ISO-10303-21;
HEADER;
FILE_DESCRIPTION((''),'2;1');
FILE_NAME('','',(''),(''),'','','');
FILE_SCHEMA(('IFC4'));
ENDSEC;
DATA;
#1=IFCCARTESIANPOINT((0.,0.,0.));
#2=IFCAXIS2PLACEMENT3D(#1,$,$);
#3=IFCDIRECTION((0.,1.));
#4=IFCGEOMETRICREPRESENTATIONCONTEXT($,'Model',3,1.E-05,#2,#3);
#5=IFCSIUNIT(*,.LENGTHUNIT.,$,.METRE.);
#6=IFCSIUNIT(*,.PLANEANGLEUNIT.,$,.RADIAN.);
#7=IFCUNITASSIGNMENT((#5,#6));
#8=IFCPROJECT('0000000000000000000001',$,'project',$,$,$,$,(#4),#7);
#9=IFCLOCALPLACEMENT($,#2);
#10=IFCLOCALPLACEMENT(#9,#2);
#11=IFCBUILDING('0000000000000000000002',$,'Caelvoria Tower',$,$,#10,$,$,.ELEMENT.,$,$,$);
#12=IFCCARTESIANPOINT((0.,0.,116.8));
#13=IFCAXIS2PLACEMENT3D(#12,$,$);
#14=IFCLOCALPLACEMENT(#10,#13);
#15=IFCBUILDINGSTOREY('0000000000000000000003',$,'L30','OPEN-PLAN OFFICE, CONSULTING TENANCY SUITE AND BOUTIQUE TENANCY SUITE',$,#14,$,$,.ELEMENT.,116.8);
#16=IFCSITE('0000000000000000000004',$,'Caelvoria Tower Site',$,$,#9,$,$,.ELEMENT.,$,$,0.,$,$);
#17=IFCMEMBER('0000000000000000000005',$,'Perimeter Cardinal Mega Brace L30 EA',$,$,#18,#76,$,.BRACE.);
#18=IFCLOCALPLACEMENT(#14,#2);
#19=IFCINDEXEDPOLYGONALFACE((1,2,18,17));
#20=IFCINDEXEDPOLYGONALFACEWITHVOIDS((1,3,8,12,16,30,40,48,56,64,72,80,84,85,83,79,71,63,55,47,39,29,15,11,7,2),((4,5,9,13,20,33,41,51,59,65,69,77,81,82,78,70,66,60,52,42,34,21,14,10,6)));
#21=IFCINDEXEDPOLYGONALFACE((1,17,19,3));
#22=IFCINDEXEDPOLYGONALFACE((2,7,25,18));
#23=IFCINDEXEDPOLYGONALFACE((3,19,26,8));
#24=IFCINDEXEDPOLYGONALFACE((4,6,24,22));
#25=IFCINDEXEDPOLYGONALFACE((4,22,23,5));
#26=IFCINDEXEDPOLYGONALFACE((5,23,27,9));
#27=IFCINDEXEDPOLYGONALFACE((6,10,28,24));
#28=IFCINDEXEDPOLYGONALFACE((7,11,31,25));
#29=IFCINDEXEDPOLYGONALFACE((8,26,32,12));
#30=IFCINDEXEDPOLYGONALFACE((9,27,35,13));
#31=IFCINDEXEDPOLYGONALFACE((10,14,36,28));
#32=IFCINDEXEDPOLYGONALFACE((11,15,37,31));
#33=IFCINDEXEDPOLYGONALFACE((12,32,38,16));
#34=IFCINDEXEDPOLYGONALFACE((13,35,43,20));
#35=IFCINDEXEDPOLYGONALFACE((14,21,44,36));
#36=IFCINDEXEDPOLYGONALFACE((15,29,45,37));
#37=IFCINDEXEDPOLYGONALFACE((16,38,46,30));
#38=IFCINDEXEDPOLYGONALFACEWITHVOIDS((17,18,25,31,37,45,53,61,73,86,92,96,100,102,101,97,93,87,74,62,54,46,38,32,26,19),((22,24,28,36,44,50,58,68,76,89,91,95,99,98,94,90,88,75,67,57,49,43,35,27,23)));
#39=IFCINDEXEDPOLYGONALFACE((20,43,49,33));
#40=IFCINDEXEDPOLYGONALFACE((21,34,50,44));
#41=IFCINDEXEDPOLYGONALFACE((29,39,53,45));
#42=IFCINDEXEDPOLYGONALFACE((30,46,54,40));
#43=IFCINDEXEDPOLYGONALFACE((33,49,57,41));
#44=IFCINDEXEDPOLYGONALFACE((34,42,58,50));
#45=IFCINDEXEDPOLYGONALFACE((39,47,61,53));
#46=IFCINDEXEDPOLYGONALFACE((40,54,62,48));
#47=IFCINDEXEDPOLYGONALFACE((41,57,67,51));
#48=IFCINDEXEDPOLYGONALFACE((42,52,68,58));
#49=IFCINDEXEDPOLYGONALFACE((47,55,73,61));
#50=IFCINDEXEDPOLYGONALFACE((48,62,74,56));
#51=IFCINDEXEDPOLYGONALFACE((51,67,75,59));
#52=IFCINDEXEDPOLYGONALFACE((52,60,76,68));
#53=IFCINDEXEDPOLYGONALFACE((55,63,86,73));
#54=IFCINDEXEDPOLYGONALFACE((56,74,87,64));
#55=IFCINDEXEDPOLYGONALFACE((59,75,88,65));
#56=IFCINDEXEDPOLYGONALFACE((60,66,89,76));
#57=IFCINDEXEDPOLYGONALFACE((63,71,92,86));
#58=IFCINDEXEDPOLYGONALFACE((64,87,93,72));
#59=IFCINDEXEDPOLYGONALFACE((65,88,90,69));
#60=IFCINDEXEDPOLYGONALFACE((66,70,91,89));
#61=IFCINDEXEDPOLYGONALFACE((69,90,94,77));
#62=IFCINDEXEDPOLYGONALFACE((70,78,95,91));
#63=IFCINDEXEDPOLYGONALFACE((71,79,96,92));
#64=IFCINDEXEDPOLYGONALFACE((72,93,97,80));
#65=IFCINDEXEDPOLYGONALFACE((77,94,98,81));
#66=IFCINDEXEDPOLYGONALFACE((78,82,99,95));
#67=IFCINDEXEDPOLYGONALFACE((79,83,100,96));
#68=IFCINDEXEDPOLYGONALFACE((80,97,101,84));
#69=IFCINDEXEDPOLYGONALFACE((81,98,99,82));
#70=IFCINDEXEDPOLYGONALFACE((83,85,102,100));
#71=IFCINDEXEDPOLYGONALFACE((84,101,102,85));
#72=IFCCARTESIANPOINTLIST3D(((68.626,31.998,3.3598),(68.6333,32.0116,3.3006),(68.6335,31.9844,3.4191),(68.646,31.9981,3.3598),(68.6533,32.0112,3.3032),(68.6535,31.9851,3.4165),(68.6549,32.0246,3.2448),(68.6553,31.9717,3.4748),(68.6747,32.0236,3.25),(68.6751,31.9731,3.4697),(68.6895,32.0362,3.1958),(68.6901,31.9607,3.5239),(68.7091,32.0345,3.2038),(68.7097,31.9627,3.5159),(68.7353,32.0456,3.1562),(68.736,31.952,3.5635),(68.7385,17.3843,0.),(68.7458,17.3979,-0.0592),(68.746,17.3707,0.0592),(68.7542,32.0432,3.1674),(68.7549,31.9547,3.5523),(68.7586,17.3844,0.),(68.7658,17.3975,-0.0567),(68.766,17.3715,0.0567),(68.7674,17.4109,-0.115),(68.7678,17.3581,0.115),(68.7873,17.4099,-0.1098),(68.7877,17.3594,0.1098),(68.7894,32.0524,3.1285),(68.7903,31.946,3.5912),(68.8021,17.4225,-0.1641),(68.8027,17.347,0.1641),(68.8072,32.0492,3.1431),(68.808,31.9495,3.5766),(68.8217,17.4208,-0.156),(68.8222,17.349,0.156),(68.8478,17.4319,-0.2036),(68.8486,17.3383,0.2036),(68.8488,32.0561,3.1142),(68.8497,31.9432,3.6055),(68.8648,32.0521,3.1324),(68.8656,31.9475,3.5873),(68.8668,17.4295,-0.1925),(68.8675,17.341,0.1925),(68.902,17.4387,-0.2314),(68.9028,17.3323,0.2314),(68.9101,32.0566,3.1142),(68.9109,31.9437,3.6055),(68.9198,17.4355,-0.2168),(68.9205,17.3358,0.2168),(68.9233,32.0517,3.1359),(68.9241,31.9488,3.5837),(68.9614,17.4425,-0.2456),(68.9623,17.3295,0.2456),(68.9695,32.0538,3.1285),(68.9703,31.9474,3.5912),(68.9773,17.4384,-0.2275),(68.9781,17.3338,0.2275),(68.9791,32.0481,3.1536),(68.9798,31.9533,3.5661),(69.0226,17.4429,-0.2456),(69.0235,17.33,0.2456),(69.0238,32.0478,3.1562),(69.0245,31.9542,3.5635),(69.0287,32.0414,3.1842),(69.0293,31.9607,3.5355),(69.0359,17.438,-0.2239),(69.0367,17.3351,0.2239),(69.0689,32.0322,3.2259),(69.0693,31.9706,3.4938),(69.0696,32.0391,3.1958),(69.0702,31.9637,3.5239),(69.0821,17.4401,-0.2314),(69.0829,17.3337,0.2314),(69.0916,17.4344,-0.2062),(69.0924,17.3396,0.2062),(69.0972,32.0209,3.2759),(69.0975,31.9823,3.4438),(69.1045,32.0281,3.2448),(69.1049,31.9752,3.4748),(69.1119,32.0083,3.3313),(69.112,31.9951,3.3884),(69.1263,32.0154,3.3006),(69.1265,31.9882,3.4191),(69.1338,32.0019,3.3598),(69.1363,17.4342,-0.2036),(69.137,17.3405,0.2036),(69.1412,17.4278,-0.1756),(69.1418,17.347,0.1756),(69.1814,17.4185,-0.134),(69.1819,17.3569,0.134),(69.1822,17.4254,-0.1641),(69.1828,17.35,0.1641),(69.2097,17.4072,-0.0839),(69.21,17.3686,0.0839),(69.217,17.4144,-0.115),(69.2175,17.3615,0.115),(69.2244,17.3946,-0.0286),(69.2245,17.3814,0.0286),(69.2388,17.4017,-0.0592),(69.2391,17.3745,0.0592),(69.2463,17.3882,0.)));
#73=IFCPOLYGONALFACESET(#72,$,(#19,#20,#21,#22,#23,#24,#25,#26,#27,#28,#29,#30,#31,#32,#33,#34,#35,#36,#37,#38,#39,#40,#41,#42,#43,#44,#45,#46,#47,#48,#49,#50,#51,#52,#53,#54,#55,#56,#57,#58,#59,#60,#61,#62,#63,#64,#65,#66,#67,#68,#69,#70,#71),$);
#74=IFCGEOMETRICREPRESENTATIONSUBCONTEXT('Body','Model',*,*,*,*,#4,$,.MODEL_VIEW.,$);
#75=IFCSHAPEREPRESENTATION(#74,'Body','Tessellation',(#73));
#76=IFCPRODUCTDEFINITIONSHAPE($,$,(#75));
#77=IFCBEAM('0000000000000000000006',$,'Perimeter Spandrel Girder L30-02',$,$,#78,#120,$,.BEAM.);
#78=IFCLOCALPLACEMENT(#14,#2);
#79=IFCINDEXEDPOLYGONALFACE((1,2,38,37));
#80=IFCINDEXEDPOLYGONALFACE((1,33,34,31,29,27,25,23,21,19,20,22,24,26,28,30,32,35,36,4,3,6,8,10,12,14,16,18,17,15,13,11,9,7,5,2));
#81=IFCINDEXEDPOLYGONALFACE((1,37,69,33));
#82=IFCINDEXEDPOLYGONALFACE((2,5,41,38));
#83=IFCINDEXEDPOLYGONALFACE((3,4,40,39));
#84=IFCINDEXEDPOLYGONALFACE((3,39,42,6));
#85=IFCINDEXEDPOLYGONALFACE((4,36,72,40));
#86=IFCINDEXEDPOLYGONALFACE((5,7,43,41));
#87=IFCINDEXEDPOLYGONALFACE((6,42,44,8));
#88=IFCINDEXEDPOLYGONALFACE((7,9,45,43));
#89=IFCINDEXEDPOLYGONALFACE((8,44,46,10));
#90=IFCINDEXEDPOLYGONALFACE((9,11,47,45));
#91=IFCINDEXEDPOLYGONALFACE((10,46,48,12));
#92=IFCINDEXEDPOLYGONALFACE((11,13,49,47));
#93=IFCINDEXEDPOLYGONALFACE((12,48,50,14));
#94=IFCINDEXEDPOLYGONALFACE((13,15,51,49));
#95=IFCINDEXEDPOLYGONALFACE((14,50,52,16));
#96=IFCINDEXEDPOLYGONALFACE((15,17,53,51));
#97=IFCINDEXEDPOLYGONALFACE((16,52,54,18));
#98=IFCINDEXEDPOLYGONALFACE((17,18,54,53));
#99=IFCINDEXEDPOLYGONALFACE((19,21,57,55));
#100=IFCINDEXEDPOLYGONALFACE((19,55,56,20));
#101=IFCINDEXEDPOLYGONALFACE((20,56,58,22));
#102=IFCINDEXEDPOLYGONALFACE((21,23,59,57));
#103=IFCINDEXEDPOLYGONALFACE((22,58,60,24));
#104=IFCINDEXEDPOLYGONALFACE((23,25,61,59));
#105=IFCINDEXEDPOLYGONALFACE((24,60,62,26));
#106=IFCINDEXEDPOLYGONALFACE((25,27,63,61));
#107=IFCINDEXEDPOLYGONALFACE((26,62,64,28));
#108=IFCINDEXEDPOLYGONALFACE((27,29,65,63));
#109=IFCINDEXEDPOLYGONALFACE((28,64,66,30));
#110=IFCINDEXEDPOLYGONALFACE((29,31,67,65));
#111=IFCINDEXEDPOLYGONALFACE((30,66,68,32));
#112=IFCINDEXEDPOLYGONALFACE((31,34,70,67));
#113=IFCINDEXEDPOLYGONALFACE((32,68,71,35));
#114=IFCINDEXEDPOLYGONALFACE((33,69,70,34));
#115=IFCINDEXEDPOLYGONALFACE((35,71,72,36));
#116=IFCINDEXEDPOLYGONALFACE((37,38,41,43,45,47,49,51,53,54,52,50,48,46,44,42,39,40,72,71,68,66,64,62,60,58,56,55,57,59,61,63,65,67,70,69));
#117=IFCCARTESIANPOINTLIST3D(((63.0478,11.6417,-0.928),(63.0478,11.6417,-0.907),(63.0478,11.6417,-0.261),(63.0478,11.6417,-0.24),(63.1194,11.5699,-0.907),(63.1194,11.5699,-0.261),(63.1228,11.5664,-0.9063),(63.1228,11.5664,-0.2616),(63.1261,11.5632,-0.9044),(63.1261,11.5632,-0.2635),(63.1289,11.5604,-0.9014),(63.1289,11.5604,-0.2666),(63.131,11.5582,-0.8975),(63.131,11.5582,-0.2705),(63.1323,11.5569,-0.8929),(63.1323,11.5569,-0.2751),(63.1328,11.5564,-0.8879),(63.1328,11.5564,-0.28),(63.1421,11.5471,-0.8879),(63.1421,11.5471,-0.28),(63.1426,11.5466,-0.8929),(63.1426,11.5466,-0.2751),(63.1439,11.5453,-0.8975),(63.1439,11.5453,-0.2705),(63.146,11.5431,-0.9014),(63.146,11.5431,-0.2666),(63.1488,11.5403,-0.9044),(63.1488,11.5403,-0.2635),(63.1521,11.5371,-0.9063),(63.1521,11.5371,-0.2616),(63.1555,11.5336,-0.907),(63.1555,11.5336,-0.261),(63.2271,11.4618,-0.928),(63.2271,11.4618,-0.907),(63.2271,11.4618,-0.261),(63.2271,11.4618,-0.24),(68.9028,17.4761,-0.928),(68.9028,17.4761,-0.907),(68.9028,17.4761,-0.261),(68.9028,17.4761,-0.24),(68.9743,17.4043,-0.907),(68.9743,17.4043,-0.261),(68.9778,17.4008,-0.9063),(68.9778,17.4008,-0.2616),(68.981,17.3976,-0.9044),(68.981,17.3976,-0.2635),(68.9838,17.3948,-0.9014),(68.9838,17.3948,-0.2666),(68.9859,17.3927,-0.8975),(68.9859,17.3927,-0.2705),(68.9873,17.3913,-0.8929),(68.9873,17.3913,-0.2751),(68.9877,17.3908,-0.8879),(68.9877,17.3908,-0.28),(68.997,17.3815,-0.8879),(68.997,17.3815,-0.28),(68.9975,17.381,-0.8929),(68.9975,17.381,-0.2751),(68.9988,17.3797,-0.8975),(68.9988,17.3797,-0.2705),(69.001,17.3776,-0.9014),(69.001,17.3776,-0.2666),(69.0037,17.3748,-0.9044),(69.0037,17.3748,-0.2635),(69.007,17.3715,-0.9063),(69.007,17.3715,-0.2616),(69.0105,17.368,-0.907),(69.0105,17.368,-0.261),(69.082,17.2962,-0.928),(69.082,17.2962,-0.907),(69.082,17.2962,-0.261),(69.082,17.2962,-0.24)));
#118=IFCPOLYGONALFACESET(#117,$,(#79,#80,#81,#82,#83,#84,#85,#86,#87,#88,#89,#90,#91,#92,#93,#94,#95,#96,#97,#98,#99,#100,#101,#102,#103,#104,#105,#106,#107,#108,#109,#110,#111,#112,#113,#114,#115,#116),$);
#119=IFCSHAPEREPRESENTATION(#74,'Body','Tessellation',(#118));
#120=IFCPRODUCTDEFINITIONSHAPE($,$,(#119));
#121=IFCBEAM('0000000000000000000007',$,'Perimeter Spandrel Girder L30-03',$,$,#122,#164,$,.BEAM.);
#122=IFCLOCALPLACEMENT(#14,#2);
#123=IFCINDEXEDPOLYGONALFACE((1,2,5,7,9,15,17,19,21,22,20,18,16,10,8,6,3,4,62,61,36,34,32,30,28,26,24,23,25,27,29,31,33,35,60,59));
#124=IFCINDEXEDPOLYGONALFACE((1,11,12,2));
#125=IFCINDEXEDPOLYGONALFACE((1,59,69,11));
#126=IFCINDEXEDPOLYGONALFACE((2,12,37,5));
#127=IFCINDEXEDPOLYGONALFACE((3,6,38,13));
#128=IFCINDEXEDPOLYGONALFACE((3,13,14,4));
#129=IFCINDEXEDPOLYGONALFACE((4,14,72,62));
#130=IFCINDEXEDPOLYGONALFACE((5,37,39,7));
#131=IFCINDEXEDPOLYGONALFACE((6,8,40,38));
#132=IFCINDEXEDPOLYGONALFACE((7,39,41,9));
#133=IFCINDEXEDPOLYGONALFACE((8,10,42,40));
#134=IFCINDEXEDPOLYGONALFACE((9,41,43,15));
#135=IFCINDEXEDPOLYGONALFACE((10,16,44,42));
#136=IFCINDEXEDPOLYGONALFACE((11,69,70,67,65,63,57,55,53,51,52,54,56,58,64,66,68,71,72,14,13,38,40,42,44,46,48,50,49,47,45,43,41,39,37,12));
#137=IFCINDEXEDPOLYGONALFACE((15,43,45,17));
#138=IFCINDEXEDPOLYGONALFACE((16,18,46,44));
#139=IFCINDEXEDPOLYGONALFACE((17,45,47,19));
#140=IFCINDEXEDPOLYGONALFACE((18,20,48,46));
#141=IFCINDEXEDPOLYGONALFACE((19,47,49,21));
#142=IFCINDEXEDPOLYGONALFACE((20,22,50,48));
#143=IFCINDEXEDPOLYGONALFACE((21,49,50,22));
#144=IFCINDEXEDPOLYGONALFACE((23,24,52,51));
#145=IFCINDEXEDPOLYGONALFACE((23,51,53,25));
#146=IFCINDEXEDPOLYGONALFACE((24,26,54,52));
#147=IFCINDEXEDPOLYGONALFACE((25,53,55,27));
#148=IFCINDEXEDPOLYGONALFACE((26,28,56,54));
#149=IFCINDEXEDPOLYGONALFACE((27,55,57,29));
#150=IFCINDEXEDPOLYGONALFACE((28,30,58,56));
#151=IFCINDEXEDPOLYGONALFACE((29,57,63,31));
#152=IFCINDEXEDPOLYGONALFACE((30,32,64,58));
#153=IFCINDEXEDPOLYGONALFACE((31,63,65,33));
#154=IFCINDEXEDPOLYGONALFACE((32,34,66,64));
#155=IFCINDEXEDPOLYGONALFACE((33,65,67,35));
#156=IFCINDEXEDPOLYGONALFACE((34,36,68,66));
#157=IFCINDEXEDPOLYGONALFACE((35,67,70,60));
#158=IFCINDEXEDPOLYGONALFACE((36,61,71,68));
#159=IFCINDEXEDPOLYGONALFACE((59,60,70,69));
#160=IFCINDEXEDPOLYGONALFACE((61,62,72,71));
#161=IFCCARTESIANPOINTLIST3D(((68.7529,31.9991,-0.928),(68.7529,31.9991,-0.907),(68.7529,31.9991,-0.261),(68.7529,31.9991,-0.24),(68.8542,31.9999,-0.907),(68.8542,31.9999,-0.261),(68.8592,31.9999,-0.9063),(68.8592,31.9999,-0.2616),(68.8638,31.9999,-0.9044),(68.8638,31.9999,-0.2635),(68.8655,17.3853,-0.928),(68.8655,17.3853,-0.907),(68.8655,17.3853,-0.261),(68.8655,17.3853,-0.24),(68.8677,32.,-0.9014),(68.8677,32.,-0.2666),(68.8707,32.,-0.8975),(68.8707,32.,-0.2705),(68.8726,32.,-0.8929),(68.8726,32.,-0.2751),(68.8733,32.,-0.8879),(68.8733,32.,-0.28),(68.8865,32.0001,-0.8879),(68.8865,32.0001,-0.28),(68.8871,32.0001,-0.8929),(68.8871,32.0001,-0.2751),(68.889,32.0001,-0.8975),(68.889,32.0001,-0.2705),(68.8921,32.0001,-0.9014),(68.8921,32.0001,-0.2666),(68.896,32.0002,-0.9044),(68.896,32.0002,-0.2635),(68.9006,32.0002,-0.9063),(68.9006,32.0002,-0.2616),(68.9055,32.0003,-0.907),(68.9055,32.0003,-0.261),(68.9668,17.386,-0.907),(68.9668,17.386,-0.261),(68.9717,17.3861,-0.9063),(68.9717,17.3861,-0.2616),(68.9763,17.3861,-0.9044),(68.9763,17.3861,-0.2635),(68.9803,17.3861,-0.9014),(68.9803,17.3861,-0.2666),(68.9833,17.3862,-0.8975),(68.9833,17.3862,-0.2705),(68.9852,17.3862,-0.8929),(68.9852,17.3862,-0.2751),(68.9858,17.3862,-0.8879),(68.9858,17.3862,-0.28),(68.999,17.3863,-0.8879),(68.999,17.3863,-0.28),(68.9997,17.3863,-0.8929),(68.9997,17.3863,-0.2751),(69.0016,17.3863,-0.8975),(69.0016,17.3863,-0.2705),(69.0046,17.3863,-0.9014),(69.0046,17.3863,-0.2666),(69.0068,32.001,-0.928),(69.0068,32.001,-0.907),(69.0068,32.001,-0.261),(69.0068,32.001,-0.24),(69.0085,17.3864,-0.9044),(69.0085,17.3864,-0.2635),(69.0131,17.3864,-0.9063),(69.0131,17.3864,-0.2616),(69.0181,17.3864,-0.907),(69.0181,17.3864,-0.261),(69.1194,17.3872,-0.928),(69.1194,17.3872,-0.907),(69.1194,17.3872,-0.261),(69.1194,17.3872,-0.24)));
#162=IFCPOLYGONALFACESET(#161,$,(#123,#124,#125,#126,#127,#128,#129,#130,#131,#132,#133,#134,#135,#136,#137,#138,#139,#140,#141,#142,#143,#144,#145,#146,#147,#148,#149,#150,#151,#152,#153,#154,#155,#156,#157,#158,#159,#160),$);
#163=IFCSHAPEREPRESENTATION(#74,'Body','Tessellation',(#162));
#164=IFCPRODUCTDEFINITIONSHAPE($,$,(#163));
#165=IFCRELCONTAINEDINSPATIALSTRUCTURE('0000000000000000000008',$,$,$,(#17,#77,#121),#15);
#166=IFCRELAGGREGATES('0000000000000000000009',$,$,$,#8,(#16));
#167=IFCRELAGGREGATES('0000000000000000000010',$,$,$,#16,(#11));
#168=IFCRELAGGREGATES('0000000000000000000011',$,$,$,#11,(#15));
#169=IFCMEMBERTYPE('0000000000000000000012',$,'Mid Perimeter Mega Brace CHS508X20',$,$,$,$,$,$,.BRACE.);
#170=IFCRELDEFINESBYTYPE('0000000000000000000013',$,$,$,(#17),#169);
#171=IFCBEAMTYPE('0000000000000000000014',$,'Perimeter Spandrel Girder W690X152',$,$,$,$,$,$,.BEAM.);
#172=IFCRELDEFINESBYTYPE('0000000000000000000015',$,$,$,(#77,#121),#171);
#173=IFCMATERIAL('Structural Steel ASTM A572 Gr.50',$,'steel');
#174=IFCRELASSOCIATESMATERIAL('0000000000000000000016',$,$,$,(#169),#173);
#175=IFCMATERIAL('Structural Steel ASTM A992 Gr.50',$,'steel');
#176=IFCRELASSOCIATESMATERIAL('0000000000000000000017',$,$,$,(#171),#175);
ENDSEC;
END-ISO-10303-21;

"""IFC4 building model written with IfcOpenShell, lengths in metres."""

from ifc_helpers import new_model, si_unit, direction, frame, origin, origin_2d, place, context, subcontext, project, spatial, hollow_circle, i_section, extrude, material, material_profile, profile_set, type_object, element, save


model = new_model("IFC4")

# Units and contexts
model_context = context("Model", 3, precision=1e-05, world=origin(), true_north=direction((0.0, 1.0)))
body_context = subcontext(model_context, "Body", "Model", "MODEL_VIEW")
ifc_project = project(units=[si_unit("LENGTHUNIT", "METRE"), si_unit("PLANEANGLEUNIT", "RADIAN")], contexts=[model_context])

# Site, building, storey
site_placement = place(None, origin())
site = spatial("IfcSite", under=ifc_project, at=site_placement, Name="Caelvoria Tower Site", CompositionType="ELEMENT", RefElevation=0.0)
building_placement = place(site_placement, origin())
building = spatial("IfcBuilding", under=site, at=building_placement, Name="Caelvoria Tower", CompositionType="ELEMENT")
storey_placement = place(building_placement, frame((0.0, 0.0, 116.8)))
storey = spatial("IfcBuildingStorey", under=building, at=storey_placement, Name="L30", Description="OPEN-PLAN OFFICE, CONSULTING TENANCY SUITE AND BOUTIQUE TENANCY SUITE", CompositionType="ELEMENT", Elevation=116.8)

# Shared definitions
ifc_material_1 = material(Name="Structural Steel ASTM A572 Gr.50", Category="steel")

# Member
ifc_material_profile_1 = material_profile(ifc_material_1, hollow_circle(Radius=0.2539, WallThickness=0.02, at=origin_2d()), Name="Structural Steel ASTM A572 Gr.50")
ifc_profile_set_1 = profile_set([ifc_material_profile_1], Name="CHS508X20 - Structural Steel ASTM A572 Gr.50")
member_type = type_object("IfcMemberType", Name="Mid Perimeter Mega Brace CHS508X20", PredefinedType="BRACE", material=ifc_profile_set_1)
member_1_placement = place(storey_placement, frame((68.9924, 17.3862, 0.0), z_axis=(-0.007506, 0.974547, 0.224059), x_axis=(-0.99997, -0.007701, 0.0)))
element("IfcMember", 1, at=member_1_placement, inside=storey, type_object=member_type, Name="Perimeter Cardinal Mega Brace L30 EA", PredefinedType="BRACE", context=body_context, shape_type="SweptSolid", body=[
    extrude(hollow_circle(Radius=0.2539, WallThickness=0.02, at=origin_2d()), origin(), (0.0, 0.0, 1.0), 14.9954),
])

# Beams
ifc_material_2 = material(Name="Structural Steel ASTM A992 Gr.50", Category="steel")
ifc_material_profile_2 = material_profile(ifc_material_2, i_section(OverallWidth=0.2539, OverallDepth=0.688, WebThickness=0.0132, FlangeThickness=0.021, FilletRadius=0.019, at=origin_2d()), Name="Structural Steel ASTM A992 Gr.50")
ifc_profile_set_2 = profile_set([ifc_material_profile_2], Name="W690X152 - Structural Steel ASTM A992 Gr.50")
beam_type_1 = type_object("IfcBeamType", Name="Perimeter Spandrel Girder W690X152", PredefinedType="BEAM", material=ifc_profile_set_2)
beam_1_placement = place(storey_placement, frame((63.1375, 11.5518, -0.584), z_axis=(0.708346, 0.705865, 0.0), x_axis=(-0.705865, 0.708346, 0.0)))
element("IfcBeam", 2, at=beam_1_placement, inside=storey, type_object=beam_type_1, Name="Perimeter Spandrel Girder L30-02", PredefinedType="BEAM", context=body_context, shape_type="SweptSolid", body=[
    extrude(i_section(OverallWidth=0.2539, OverallDepth=0.688, WebThickness=0.0132, FlangeThickness=0.021, FilletRadius=0.019, at=origin_2d()), origin(), (0.0, 0.0, 1.0), 8.2656),
])
beam_2_placement = place(storey_placement, frame((68.9924, 17.3862, -0.584), z_axis=(-0.007701, 0.99997, 0.0), x_axis=(-0.99997, -0.007701, 0.0)))
element("IfcBeam", 3, at=beam_2_placement, inside=storey, type_object=beam_type_1, Name="Perimeter Spandrel Girder L30-03", PredefinedType="BEAM", context=body_context, shape_type="SweptSolid", body=[
    extrude(i_section(OverallWidth=0.2539, OverallDepth=0.688, WebThickness=0.0132, FlangeThickness=0.021, FilletRadius=0.019, at=origin_2d()), origin(), (0.0, 0.0, 1.0), 14.6143),
])

save(model, "model.ifc")
